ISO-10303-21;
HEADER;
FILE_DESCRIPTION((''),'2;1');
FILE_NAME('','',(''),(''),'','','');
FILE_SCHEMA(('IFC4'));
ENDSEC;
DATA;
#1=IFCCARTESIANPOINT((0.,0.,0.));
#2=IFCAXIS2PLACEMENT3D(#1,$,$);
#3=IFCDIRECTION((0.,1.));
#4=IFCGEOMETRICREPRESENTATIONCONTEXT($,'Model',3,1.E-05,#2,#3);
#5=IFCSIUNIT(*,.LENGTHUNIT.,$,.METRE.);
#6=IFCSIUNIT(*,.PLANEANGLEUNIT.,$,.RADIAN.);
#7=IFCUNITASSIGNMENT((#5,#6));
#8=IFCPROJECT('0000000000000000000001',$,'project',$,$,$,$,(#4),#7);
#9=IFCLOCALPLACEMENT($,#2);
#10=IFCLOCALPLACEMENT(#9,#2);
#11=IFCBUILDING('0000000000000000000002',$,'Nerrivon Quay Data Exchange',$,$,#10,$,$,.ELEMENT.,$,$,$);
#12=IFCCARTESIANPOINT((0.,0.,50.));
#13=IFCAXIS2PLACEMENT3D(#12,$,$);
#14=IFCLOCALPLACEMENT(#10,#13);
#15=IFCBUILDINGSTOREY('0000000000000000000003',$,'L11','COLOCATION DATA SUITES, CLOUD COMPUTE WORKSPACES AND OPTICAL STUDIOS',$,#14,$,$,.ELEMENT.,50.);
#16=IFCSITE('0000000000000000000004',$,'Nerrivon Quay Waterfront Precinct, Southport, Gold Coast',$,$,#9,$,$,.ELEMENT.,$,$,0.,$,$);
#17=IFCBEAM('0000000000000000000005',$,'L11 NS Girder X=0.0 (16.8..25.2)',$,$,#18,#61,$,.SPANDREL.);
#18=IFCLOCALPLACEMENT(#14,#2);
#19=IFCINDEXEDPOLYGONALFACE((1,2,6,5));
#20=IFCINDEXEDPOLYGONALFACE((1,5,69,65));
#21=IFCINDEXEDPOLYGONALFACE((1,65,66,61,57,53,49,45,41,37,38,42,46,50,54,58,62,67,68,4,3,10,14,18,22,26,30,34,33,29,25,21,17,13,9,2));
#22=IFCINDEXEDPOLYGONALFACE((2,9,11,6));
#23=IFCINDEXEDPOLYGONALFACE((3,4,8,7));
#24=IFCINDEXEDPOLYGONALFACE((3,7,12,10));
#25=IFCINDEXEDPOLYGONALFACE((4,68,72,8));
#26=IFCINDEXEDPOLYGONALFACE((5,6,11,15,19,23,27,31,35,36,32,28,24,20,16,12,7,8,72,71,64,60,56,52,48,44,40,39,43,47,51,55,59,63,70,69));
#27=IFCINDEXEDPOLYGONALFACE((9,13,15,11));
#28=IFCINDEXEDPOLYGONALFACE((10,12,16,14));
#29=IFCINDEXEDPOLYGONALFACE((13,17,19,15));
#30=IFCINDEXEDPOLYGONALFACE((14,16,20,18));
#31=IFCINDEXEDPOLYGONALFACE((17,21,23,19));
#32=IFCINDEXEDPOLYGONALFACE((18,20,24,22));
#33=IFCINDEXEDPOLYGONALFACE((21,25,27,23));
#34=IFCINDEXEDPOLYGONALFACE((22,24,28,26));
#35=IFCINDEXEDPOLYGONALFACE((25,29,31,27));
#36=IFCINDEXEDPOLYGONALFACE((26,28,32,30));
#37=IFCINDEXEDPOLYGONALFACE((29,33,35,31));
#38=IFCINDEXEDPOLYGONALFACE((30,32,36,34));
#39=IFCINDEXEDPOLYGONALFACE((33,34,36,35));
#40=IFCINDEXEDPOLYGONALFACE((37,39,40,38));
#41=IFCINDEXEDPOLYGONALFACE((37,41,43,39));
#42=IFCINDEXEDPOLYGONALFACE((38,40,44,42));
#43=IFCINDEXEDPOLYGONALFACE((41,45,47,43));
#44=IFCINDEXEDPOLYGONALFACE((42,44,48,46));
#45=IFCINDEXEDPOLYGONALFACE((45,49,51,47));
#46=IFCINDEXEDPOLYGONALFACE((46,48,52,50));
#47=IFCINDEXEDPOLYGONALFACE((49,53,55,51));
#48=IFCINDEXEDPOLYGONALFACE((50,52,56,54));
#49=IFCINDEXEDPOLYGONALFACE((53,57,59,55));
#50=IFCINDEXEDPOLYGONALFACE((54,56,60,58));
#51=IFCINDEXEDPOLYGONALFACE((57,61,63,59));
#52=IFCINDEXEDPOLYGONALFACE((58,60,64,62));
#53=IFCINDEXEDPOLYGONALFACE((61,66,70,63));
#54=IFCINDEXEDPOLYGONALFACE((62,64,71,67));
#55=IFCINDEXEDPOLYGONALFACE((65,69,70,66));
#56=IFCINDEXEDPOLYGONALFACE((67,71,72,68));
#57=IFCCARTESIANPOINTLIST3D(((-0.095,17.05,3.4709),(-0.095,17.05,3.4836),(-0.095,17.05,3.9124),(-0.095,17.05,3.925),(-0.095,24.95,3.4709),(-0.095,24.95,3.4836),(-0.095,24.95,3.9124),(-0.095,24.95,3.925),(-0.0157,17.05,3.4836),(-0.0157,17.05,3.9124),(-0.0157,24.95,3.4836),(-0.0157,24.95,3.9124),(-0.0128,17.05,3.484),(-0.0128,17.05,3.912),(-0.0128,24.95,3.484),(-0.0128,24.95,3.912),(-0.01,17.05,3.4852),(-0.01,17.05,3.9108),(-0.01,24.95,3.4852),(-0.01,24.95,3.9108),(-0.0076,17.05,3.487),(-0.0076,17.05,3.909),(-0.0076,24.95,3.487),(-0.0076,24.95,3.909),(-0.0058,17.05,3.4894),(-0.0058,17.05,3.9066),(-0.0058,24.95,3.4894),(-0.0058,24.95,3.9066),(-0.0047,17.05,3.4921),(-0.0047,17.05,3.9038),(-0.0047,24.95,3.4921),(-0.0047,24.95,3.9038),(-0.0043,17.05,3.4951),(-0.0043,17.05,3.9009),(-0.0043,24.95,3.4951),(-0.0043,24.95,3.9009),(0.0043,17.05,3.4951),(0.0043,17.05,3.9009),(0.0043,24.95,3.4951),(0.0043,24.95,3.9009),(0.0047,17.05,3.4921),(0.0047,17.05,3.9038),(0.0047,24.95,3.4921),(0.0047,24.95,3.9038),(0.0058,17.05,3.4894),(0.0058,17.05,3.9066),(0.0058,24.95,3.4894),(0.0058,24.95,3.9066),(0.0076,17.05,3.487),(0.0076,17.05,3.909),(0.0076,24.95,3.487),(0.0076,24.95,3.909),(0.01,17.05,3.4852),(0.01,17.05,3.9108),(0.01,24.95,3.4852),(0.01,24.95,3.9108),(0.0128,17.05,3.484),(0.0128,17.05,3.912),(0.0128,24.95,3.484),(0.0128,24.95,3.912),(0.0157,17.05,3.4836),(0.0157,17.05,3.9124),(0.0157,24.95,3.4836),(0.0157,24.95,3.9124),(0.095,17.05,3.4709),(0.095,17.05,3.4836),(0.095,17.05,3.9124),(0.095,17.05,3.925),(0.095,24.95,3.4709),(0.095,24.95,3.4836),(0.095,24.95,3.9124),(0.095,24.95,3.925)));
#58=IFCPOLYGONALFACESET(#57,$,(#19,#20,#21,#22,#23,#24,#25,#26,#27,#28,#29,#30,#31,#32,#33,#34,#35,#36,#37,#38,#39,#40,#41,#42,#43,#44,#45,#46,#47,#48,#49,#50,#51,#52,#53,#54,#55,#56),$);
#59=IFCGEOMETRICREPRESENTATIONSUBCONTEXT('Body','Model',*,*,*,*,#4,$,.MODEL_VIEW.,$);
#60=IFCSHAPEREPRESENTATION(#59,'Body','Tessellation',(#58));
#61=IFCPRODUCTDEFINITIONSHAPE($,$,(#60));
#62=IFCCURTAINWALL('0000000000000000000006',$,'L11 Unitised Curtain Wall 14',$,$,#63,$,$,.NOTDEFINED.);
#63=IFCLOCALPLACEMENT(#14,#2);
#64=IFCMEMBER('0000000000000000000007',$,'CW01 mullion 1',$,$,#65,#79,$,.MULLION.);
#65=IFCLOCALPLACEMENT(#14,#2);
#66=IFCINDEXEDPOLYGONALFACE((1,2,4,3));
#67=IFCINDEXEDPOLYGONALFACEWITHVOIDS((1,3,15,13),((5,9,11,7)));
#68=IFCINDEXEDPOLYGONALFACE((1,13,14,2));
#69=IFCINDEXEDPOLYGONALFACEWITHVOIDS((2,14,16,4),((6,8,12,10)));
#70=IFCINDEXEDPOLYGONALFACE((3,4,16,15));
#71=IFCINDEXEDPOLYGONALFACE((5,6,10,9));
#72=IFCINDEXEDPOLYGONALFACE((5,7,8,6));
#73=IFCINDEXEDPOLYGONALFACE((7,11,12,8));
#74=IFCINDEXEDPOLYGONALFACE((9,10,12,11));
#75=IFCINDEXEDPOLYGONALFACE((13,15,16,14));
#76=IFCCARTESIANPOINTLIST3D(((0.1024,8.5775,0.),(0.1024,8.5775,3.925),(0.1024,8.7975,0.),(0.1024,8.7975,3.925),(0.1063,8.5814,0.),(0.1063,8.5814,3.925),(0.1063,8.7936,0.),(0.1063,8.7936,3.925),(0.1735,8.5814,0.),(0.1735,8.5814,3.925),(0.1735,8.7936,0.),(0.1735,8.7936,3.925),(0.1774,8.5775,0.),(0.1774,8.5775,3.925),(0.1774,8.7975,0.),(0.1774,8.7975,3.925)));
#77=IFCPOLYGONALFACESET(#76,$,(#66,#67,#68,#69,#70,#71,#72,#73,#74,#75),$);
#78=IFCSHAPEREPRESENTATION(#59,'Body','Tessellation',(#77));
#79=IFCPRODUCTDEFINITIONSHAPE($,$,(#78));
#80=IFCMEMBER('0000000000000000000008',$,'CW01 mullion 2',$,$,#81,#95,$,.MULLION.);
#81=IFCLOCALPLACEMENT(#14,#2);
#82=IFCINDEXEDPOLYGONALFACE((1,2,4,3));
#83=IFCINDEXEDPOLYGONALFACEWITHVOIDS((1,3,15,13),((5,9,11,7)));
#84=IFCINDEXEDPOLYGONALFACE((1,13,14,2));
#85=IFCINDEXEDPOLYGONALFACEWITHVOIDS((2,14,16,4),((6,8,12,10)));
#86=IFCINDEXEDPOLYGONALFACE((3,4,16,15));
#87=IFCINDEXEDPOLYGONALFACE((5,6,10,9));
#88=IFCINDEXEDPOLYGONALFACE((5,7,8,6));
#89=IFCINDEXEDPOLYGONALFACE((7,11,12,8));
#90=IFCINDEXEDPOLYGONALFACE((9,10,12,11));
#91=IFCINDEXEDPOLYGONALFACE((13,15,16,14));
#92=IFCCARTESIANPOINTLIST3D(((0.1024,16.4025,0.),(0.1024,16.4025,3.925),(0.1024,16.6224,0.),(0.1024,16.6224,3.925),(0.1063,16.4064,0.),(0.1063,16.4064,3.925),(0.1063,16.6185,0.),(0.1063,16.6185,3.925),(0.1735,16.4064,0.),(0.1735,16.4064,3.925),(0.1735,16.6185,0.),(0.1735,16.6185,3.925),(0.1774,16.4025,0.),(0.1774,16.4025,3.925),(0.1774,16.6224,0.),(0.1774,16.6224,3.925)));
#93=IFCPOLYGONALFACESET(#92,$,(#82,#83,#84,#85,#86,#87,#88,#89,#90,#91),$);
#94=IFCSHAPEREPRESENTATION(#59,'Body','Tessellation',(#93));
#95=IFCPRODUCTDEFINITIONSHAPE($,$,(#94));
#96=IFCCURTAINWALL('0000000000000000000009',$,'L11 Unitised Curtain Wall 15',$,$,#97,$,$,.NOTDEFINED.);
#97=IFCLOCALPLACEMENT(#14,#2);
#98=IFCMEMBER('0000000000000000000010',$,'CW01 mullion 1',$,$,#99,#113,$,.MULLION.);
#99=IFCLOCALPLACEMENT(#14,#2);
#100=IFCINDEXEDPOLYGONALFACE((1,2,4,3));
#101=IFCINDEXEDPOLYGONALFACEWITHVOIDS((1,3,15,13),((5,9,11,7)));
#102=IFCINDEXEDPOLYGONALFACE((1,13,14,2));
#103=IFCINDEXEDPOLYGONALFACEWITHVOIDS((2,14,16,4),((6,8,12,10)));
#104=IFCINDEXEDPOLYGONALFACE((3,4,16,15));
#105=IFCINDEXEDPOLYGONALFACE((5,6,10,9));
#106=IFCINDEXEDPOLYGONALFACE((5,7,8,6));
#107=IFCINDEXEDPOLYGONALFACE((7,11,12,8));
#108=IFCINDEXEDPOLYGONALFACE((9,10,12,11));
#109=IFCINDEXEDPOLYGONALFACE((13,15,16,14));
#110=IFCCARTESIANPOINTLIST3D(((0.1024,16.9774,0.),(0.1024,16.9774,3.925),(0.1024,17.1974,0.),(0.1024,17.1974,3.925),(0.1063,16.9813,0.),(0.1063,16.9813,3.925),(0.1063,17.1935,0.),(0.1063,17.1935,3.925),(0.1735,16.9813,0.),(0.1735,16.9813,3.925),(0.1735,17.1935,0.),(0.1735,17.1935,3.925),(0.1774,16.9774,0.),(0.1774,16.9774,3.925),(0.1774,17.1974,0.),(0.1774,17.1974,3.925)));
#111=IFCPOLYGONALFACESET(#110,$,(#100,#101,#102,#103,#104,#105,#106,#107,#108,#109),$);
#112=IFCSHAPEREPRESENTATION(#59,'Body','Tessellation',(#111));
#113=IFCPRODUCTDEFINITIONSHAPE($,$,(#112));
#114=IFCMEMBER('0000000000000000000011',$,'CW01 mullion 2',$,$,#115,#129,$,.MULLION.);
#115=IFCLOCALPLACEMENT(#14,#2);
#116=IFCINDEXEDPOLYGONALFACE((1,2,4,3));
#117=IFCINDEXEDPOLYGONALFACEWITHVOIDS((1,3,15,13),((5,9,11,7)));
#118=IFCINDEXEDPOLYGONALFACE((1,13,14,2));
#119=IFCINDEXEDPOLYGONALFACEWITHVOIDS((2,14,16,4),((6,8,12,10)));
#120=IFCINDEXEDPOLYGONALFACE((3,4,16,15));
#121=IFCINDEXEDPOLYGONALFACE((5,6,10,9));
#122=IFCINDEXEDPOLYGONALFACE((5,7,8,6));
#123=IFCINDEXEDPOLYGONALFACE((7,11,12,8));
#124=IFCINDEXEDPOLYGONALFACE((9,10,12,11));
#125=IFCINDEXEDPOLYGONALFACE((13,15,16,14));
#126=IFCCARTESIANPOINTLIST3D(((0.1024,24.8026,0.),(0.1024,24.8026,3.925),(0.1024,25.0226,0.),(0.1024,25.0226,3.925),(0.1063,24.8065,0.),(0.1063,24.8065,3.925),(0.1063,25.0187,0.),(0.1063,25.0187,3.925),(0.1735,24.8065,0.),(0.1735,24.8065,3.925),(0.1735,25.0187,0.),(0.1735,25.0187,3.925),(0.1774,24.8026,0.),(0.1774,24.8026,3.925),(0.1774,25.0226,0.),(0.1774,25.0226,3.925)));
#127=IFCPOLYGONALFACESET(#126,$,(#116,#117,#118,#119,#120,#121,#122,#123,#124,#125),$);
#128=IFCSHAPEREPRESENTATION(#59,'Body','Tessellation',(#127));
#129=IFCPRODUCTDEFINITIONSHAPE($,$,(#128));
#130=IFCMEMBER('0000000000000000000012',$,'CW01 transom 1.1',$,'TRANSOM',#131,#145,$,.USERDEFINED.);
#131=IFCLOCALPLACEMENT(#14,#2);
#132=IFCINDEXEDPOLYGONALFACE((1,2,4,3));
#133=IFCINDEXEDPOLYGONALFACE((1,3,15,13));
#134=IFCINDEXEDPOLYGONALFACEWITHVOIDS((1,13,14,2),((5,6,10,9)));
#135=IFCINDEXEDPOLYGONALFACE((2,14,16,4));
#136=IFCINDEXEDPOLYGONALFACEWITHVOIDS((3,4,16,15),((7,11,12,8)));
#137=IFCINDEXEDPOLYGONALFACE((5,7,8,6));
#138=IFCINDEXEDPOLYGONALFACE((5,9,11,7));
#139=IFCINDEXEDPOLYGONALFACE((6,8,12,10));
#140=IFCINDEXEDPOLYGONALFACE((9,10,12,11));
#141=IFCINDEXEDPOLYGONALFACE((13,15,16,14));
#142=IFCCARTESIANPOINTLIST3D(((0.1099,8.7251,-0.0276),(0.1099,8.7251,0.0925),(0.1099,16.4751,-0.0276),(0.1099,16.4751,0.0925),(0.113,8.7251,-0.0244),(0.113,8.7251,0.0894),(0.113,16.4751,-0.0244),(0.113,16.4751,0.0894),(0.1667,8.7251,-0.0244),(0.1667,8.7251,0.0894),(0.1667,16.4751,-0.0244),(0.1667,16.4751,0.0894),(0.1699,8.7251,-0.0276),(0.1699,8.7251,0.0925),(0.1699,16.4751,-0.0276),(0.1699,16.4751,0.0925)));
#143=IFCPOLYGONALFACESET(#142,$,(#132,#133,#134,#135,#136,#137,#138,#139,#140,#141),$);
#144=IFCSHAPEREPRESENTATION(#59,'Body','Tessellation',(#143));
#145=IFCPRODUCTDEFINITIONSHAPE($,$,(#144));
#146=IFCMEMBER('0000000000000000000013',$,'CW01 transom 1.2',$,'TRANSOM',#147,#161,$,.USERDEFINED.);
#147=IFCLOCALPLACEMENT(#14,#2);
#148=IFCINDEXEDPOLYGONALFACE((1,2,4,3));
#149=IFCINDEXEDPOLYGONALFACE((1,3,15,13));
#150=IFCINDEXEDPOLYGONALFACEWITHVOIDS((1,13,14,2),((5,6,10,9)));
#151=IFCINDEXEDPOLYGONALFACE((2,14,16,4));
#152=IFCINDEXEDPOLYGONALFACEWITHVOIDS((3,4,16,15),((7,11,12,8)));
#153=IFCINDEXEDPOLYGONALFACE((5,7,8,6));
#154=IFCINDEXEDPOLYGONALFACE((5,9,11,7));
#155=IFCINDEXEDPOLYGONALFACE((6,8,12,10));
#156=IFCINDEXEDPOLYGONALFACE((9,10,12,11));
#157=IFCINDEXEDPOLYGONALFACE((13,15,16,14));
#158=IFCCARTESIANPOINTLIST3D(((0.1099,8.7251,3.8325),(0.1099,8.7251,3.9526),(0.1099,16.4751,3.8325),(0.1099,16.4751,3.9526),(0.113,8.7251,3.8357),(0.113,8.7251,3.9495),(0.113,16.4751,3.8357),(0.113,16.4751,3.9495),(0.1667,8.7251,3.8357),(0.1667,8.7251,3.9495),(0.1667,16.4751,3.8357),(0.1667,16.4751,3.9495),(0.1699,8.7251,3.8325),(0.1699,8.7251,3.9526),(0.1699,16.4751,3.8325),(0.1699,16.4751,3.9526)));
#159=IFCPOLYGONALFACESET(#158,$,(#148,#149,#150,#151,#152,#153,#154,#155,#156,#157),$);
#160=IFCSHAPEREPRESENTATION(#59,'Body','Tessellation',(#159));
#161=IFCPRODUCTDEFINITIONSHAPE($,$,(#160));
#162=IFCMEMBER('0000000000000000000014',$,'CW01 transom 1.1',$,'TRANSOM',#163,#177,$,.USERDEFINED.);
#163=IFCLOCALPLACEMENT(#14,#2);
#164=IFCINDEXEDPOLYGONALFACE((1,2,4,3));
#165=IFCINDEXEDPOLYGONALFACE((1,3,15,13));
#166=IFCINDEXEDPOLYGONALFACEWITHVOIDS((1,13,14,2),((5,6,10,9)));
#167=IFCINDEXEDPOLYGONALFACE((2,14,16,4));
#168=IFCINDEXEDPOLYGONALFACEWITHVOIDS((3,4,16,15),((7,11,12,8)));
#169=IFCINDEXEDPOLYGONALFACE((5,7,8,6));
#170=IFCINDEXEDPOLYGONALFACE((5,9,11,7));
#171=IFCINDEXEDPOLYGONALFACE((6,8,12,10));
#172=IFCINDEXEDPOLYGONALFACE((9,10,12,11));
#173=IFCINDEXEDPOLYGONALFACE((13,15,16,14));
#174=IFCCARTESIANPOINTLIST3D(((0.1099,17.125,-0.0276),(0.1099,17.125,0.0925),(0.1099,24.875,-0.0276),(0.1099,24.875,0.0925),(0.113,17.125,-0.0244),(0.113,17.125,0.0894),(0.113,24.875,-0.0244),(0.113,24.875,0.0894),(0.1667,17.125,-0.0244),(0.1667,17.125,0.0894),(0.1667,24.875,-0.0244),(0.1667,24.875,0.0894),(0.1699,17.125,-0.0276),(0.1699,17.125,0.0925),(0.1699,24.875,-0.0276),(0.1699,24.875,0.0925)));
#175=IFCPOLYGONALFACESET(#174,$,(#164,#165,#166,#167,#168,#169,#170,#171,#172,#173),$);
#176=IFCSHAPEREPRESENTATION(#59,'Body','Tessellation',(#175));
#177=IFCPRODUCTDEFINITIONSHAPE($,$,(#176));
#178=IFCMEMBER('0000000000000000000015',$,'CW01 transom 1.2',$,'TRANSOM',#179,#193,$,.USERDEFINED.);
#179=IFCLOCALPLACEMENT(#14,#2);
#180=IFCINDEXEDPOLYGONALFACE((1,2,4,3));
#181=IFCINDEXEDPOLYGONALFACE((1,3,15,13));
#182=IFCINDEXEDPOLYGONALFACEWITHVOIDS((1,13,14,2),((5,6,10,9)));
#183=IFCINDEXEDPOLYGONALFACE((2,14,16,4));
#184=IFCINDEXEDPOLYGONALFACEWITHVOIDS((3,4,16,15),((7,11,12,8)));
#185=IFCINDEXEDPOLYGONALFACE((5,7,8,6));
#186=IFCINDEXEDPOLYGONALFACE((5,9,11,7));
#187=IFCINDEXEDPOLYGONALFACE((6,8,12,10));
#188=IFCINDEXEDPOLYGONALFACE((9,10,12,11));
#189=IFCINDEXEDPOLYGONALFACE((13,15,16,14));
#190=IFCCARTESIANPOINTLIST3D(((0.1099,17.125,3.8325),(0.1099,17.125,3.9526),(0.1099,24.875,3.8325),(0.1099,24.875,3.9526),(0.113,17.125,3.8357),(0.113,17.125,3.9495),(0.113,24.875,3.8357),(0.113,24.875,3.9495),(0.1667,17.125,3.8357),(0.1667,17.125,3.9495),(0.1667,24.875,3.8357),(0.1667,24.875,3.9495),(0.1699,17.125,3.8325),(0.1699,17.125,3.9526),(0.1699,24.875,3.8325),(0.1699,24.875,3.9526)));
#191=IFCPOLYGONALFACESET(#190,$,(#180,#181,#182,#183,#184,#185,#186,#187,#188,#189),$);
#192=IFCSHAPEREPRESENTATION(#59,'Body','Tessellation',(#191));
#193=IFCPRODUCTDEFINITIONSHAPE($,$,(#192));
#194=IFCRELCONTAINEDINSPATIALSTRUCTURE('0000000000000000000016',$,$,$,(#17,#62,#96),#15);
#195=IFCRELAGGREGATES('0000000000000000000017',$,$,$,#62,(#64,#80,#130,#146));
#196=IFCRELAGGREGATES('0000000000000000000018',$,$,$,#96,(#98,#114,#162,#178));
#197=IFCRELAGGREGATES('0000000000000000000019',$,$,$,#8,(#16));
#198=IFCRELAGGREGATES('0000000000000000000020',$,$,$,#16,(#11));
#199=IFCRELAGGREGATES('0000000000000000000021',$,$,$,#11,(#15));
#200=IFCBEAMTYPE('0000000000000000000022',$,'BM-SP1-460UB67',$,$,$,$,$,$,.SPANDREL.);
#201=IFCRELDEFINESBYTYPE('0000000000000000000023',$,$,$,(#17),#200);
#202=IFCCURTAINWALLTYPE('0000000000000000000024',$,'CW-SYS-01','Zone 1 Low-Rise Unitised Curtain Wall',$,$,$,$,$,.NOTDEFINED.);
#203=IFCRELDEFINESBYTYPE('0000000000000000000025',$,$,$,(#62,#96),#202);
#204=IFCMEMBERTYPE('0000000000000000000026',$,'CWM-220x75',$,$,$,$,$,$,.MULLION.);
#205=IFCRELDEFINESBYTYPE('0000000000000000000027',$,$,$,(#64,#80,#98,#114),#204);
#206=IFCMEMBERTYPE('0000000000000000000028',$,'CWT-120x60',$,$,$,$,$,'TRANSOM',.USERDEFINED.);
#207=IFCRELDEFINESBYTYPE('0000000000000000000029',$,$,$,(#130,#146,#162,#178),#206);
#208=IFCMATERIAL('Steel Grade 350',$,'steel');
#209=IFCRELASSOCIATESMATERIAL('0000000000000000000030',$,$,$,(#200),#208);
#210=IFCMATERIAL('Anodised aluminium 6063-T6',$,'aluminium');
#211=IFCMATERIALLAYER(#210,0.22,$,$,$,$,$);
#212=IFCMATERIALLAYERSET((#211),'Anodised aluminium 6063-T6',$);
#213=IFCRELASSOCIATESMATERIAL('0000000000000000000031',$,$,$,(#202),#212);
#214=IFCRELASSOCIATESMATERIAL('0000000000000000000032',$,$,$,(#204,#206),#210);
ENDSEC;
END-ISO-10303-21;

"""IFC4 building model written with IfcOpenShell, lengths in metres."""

from ifc_helpers import new_model, si_unit, direction, frame, origin, origin_2d, place, context, subcontext, project, spatial, hollow_rectangle, i_section, extrude, material, layer, layer_set, material_profile, profile_set, type_object, element, aggregate, save


model = new_model("IFC4")

# Units and contexts
model_context = context("Model", 3, precision=1e-05, world=origin(), true_north=direction((0.0, 1.0)))
body_context = subcontext(model_context, "Body", "Model", "MODEL_VIEW")
ifc_project = project(units=[si_unit("LENGTHUNIT", "METRE"), si_unit("PLANEANGLEUNIT", "RADIAN")], contexts=[model_context])

# Site, building, storey
site_placement = place(None, origin())
site = spatial("IfcSite", under=ifc_project, at=site_placement, Name="Nerrivon Quay Waterfront Precinct, Southport, Gold Coast", CompositionType="ELEMENT", RefElevation=0.0)
building_placement = place(site_placement, origin())
building = spatial("IfcBuilding", under=site, at=building_placement, Name="Nerrivon Quay Data Exchange", CompositionType="ELEMENT")
storey_placement = place(building_placement, frame((0.0, 0.0, 50.0)))
storey = spatial("IfcBuildingStorey", under=building, at=storey_placement, Name="L11", Description="COLOCATION DATA SUITES, CLOUD COMPUTE WORKSPACES AND OPTICAL STUDIOS", CompositionType="ELEMENT", Elevation=50.0)

# Shared definitions
ifc_material_1 = material(Name="Steel Grade 350", Category="steel")

# Beam
ifc_material_profile_1 = material_profile(ifc_material_1, i_section(OverallWidth=0.1899, OverallDepth=0.4541, WebThickness=0.0085, FlangeThickness=0.0127, FilletRadius=0.0115, at=origin_2d()), Name="460UB67.1")
ifc_profile_set_1 = profile_set([ifc_material_profile_1], Name="Steel Grade 350")
beam_type_1 = type_object("IfcBeamType", Name="BM-SP1-460UB67", PredefinedType="SPANDREL", material=ifc_profile_set_1)
beam_1_placement = place(storey_placement, frame((0.0, 17.05, 3.698), z_axis=(0.0, 1.0, 0.0), x_axis=(-1.0, 0.0, 0.0)))
element("IfcBeam", 1, at=beam_1_placement, inside=storey, type_object=beam_type_1, Name="L11 NS Girder X=0.0 (16.8..25.2)", PredefinedType="SPANDREL", context=body_context, shape_type="SweptSolid", body=[
    extrude(i_section(OverallWidth=0.1899, OverallDepth=0.4541, WebThickness=0.0085, FlangeThickness=0.0127, FilletRadius=0.0115, at=origin_2d()), origin(), (0.0, 0.0, 1.0), 7.8999),
])

# Curtain walls, members
ifc_material_2 = material(Name="Anodised aluminium 6063-T6", Category="aluminium")
ifc_layer_1 = layer(ifc_material_2, 0.22)
ifc_layer_set_1 = layer_set([ifc_layer_1], Name="Anodised aluminium 6063-T6")
curtain_wall_type = type_object("IfcCurtainWallType", Name="CW-SYS-01", Description="Zone 1 Low-Rise Unitised Curtain Wall", PredefinedType="NOTDEFINED", material=ifc_layer_set_1)
curtain_wall_1_placement = place(storey_placement, origin())
curtain_wall_1 = element("IfcCurtainWall", 2, at=curtain_wall_1_placement, inside=storey, type_object=curtain_wall_type, Name="L11 Unitised Curtain Wall 14", PredefinedType="NOTDEFINED")
ifc_material_profile_2 = material_profile(ifc_material_2, hollow_rectangle(XDim=0.075, YDim=0.22, WallThickness=0.0039, at=origin_2d()), Name="ALU-MULL-220x75")
ifc_profile_set_2 = profile_set([ifc_material_profile_2], Name="Anodised aluminium 6063-T6")
member_type_1 = type_object("IfcMemberType", Name="CWM-220x75", PredefinedType="MULLION", material=ifc_profile_set_2)
member_1_placement = place(storey_placement, frame((0.1399, 8.6875, 0.0), z_axis=(0.0, 0.0, 1.0), x_axis=(-1.0, 0.0, 0.0)))
member_1 = element("IfcMember", 3, at=member_1_placement, type_object=member_type_1, Name="CW01 mullion 1", PredefinedType="MULLION", context=body_context, shape_type="SweptSolid", body=[
    extrude(hollow_rectangle(XDim=0.075, YDim=0.22, WallThickness=0.0039, at=origin_2d()), origin(), (0.0, 0.0, 1.0), 3.925),
])
member_2_placement = place(storey_placement, frame((0.1399, 16.5125, 0.0), z_axis=(0.0, 0.0, 1.0), x_axis=(-1.0, 0.0, 0.0)))
member_2 = element("IfcMember", 4, at=member_2_placement, type_object=member_type_1, Name="CW01 mullion 2", PredefinedType="MULLION", context=body_context, shape_type="SweptSolid", body=[
    extrude(hollow_rectangle(XDim=0.075, YDim=0.22, WallThickness=0.0039, at=origin_2d()), origin(), (0.0, 0.0, 1.0), 3.925),
])
curtain_wall_2_placement = place(storey_placement, origin())
curtain_wall_2 = element("IfcCurtainWall", 5, at=curtain_wall_2_placement, inside=storey, type_object=curtain_wall_type, Name="L11 Unitised Curtain Wall 15", PredefinedType="NOTDEFINED")
member_3_placement = place(storey_placement, frame((0.1399, 17.0874, 0.0), z_axis=(0.0, 0.0, 1.0), x_axis=(-1.0, 0.0, 0.0)))
member_3 = element("IfcMember", 6, at=member_3_placement, type_object=member_type_1, Name="CW01 mullion 1", PredefinedType="MULLION", context=body_context, shape_type="SweptSolid", body=[
    extrude(hollow_rectangle(XDim=0.075, YDim=0.22, WallThickness=0.0039, at=origin_2d()), origin(), (0.0, 0.0, 1.0), 3.925),
])
member_4_placement = place(storey_placement, frame((0.1399, 24.9126, 0.0), z_axis=(0.0, 0.0, 1.0), x_axis=(-1.0, 0.0, 0.0)))
member_4 = element("IfcMember", 7, at=member_4_placement, type_object=member_type_1, Name="CW01 mullion 2", PredefinedType="MULLION", context=body_context, shape_type="SweptSolid", body=[
    extrude(hollow_rectangle(XDim=0.075, YDim=0.22, WallThickness=0.0039, at=origin_2d()), origin(), (0.0, 0.0, 1.0), 3.925),
])

# Members
ifc_material_profile_3 = material_profile(ifc_material_2, hollow_rectangle(XDim=0.0601, YDim=0.1201, WallThickness=0.0032, at=origin_2d()), Name="ALU-TRAN-120x60")
ifc_profile_set_3 = profile_set([ifc_material_profile_3], Name="Anodised aluminium 6063-T6")
member_type_2 = type_object("IfcMemberType", Name="CWT-120x60", ElementType="TRANSOM", PredefinedType="USERDEFINED", material=ifc_profile_set_3)
member_5_placement = place(storey_placement, frame((0.1399, 8.7251, 0.0325), z_axis=(0.0, 1.0, 0.0), x_axis=(-1.0, 0.0, 0.0)))
member_5 = element("IfcMember", 8, at=member_5_placement, type_object=member_type_2, Name="CW01 transom 1.1", ObjectType="TRANSOM", PredefinedType="USERDEFINED", context=body_context, shape_type="SweptSolid", body=[
    extrude(hollow_rectangle(XDim=0.0601, YDim=0.1201, WallThickness=0.0032, at=origin_2d()), origin(), (0.0, 0.0, 1.0), 7.75),
])
member_6_placement = place(storey_placement, frame((0.1399, 8.7251, 3.8926), z_axis=(0.0, 1.0, 0.0), x_axis=(-1.0, 0.0, 0.0)))
member_6 = element("IfcMember", 9, at=member_6_placement, type_object=member_type_2, Name="CW01 transom 1.2", ObjectType="TRANSOM", PredefinedType="USERDEFINED", context=body_context, shape_type="SweptSolid", body=[
    extrude(hollow_rectangle(XDim=0.0601, YDim=0.1201, WallThickness=0.0032, at=origin_2d()), origin(), (0.0, 0.0, 1.0), 7.75),
])
member_7_placement = place(storey_placement, frame((0.1399, 17.125, 0.0325), z_axis=(0.0, 1.0, 0.0), x_axis=(-1.0, 0.0, 0.0)))
member_7 = element("IfcMember", 10, at=member_7_placement, type_object=member_type_2, Name="CW01 transom 1.1", ObjectType="TRANSOM", PredefinedType="USERDEFINED", context=body_context, shape_type="SweptSolid", body=[
    extrude(hollow_rectangle(XDim=0.0601, YDim=0.1201, WallThickness=0.0032, at=origin_2d()), origin(), (0.0, 0.0, 1.0), 7.75),
])
member_8_placement = place(storey_placement, frame((0.1399, 17.125, 3.8926), z_axis=(0.0, 1.0, 0.0), x_axis=(-1.0, 0.0, 0.0)))
member_8 = element("IfcMember", 11, at=member_8_placement, type_object=member_type_2, Name="CW01 transom 1.2", ObjectType="TRANSOM", PredefinedType="USERDEFINED", context=body_context, shape_type="SweptSolid", body=[
    extrude(hollow_rectangle(XDim=0.0601, YDim=0.1201, WallThickness=0.0032, at=origin_2d()), origin(), (0.0, 0.0, 1.0), 7.75),
])

aggregate(curtain_wall_1, [member_1, member_2, member_5, member_6])
aggregate(curtain_wall_2, [member_3, member_4, member_7, member_8])

save(model, "model.ifc")
